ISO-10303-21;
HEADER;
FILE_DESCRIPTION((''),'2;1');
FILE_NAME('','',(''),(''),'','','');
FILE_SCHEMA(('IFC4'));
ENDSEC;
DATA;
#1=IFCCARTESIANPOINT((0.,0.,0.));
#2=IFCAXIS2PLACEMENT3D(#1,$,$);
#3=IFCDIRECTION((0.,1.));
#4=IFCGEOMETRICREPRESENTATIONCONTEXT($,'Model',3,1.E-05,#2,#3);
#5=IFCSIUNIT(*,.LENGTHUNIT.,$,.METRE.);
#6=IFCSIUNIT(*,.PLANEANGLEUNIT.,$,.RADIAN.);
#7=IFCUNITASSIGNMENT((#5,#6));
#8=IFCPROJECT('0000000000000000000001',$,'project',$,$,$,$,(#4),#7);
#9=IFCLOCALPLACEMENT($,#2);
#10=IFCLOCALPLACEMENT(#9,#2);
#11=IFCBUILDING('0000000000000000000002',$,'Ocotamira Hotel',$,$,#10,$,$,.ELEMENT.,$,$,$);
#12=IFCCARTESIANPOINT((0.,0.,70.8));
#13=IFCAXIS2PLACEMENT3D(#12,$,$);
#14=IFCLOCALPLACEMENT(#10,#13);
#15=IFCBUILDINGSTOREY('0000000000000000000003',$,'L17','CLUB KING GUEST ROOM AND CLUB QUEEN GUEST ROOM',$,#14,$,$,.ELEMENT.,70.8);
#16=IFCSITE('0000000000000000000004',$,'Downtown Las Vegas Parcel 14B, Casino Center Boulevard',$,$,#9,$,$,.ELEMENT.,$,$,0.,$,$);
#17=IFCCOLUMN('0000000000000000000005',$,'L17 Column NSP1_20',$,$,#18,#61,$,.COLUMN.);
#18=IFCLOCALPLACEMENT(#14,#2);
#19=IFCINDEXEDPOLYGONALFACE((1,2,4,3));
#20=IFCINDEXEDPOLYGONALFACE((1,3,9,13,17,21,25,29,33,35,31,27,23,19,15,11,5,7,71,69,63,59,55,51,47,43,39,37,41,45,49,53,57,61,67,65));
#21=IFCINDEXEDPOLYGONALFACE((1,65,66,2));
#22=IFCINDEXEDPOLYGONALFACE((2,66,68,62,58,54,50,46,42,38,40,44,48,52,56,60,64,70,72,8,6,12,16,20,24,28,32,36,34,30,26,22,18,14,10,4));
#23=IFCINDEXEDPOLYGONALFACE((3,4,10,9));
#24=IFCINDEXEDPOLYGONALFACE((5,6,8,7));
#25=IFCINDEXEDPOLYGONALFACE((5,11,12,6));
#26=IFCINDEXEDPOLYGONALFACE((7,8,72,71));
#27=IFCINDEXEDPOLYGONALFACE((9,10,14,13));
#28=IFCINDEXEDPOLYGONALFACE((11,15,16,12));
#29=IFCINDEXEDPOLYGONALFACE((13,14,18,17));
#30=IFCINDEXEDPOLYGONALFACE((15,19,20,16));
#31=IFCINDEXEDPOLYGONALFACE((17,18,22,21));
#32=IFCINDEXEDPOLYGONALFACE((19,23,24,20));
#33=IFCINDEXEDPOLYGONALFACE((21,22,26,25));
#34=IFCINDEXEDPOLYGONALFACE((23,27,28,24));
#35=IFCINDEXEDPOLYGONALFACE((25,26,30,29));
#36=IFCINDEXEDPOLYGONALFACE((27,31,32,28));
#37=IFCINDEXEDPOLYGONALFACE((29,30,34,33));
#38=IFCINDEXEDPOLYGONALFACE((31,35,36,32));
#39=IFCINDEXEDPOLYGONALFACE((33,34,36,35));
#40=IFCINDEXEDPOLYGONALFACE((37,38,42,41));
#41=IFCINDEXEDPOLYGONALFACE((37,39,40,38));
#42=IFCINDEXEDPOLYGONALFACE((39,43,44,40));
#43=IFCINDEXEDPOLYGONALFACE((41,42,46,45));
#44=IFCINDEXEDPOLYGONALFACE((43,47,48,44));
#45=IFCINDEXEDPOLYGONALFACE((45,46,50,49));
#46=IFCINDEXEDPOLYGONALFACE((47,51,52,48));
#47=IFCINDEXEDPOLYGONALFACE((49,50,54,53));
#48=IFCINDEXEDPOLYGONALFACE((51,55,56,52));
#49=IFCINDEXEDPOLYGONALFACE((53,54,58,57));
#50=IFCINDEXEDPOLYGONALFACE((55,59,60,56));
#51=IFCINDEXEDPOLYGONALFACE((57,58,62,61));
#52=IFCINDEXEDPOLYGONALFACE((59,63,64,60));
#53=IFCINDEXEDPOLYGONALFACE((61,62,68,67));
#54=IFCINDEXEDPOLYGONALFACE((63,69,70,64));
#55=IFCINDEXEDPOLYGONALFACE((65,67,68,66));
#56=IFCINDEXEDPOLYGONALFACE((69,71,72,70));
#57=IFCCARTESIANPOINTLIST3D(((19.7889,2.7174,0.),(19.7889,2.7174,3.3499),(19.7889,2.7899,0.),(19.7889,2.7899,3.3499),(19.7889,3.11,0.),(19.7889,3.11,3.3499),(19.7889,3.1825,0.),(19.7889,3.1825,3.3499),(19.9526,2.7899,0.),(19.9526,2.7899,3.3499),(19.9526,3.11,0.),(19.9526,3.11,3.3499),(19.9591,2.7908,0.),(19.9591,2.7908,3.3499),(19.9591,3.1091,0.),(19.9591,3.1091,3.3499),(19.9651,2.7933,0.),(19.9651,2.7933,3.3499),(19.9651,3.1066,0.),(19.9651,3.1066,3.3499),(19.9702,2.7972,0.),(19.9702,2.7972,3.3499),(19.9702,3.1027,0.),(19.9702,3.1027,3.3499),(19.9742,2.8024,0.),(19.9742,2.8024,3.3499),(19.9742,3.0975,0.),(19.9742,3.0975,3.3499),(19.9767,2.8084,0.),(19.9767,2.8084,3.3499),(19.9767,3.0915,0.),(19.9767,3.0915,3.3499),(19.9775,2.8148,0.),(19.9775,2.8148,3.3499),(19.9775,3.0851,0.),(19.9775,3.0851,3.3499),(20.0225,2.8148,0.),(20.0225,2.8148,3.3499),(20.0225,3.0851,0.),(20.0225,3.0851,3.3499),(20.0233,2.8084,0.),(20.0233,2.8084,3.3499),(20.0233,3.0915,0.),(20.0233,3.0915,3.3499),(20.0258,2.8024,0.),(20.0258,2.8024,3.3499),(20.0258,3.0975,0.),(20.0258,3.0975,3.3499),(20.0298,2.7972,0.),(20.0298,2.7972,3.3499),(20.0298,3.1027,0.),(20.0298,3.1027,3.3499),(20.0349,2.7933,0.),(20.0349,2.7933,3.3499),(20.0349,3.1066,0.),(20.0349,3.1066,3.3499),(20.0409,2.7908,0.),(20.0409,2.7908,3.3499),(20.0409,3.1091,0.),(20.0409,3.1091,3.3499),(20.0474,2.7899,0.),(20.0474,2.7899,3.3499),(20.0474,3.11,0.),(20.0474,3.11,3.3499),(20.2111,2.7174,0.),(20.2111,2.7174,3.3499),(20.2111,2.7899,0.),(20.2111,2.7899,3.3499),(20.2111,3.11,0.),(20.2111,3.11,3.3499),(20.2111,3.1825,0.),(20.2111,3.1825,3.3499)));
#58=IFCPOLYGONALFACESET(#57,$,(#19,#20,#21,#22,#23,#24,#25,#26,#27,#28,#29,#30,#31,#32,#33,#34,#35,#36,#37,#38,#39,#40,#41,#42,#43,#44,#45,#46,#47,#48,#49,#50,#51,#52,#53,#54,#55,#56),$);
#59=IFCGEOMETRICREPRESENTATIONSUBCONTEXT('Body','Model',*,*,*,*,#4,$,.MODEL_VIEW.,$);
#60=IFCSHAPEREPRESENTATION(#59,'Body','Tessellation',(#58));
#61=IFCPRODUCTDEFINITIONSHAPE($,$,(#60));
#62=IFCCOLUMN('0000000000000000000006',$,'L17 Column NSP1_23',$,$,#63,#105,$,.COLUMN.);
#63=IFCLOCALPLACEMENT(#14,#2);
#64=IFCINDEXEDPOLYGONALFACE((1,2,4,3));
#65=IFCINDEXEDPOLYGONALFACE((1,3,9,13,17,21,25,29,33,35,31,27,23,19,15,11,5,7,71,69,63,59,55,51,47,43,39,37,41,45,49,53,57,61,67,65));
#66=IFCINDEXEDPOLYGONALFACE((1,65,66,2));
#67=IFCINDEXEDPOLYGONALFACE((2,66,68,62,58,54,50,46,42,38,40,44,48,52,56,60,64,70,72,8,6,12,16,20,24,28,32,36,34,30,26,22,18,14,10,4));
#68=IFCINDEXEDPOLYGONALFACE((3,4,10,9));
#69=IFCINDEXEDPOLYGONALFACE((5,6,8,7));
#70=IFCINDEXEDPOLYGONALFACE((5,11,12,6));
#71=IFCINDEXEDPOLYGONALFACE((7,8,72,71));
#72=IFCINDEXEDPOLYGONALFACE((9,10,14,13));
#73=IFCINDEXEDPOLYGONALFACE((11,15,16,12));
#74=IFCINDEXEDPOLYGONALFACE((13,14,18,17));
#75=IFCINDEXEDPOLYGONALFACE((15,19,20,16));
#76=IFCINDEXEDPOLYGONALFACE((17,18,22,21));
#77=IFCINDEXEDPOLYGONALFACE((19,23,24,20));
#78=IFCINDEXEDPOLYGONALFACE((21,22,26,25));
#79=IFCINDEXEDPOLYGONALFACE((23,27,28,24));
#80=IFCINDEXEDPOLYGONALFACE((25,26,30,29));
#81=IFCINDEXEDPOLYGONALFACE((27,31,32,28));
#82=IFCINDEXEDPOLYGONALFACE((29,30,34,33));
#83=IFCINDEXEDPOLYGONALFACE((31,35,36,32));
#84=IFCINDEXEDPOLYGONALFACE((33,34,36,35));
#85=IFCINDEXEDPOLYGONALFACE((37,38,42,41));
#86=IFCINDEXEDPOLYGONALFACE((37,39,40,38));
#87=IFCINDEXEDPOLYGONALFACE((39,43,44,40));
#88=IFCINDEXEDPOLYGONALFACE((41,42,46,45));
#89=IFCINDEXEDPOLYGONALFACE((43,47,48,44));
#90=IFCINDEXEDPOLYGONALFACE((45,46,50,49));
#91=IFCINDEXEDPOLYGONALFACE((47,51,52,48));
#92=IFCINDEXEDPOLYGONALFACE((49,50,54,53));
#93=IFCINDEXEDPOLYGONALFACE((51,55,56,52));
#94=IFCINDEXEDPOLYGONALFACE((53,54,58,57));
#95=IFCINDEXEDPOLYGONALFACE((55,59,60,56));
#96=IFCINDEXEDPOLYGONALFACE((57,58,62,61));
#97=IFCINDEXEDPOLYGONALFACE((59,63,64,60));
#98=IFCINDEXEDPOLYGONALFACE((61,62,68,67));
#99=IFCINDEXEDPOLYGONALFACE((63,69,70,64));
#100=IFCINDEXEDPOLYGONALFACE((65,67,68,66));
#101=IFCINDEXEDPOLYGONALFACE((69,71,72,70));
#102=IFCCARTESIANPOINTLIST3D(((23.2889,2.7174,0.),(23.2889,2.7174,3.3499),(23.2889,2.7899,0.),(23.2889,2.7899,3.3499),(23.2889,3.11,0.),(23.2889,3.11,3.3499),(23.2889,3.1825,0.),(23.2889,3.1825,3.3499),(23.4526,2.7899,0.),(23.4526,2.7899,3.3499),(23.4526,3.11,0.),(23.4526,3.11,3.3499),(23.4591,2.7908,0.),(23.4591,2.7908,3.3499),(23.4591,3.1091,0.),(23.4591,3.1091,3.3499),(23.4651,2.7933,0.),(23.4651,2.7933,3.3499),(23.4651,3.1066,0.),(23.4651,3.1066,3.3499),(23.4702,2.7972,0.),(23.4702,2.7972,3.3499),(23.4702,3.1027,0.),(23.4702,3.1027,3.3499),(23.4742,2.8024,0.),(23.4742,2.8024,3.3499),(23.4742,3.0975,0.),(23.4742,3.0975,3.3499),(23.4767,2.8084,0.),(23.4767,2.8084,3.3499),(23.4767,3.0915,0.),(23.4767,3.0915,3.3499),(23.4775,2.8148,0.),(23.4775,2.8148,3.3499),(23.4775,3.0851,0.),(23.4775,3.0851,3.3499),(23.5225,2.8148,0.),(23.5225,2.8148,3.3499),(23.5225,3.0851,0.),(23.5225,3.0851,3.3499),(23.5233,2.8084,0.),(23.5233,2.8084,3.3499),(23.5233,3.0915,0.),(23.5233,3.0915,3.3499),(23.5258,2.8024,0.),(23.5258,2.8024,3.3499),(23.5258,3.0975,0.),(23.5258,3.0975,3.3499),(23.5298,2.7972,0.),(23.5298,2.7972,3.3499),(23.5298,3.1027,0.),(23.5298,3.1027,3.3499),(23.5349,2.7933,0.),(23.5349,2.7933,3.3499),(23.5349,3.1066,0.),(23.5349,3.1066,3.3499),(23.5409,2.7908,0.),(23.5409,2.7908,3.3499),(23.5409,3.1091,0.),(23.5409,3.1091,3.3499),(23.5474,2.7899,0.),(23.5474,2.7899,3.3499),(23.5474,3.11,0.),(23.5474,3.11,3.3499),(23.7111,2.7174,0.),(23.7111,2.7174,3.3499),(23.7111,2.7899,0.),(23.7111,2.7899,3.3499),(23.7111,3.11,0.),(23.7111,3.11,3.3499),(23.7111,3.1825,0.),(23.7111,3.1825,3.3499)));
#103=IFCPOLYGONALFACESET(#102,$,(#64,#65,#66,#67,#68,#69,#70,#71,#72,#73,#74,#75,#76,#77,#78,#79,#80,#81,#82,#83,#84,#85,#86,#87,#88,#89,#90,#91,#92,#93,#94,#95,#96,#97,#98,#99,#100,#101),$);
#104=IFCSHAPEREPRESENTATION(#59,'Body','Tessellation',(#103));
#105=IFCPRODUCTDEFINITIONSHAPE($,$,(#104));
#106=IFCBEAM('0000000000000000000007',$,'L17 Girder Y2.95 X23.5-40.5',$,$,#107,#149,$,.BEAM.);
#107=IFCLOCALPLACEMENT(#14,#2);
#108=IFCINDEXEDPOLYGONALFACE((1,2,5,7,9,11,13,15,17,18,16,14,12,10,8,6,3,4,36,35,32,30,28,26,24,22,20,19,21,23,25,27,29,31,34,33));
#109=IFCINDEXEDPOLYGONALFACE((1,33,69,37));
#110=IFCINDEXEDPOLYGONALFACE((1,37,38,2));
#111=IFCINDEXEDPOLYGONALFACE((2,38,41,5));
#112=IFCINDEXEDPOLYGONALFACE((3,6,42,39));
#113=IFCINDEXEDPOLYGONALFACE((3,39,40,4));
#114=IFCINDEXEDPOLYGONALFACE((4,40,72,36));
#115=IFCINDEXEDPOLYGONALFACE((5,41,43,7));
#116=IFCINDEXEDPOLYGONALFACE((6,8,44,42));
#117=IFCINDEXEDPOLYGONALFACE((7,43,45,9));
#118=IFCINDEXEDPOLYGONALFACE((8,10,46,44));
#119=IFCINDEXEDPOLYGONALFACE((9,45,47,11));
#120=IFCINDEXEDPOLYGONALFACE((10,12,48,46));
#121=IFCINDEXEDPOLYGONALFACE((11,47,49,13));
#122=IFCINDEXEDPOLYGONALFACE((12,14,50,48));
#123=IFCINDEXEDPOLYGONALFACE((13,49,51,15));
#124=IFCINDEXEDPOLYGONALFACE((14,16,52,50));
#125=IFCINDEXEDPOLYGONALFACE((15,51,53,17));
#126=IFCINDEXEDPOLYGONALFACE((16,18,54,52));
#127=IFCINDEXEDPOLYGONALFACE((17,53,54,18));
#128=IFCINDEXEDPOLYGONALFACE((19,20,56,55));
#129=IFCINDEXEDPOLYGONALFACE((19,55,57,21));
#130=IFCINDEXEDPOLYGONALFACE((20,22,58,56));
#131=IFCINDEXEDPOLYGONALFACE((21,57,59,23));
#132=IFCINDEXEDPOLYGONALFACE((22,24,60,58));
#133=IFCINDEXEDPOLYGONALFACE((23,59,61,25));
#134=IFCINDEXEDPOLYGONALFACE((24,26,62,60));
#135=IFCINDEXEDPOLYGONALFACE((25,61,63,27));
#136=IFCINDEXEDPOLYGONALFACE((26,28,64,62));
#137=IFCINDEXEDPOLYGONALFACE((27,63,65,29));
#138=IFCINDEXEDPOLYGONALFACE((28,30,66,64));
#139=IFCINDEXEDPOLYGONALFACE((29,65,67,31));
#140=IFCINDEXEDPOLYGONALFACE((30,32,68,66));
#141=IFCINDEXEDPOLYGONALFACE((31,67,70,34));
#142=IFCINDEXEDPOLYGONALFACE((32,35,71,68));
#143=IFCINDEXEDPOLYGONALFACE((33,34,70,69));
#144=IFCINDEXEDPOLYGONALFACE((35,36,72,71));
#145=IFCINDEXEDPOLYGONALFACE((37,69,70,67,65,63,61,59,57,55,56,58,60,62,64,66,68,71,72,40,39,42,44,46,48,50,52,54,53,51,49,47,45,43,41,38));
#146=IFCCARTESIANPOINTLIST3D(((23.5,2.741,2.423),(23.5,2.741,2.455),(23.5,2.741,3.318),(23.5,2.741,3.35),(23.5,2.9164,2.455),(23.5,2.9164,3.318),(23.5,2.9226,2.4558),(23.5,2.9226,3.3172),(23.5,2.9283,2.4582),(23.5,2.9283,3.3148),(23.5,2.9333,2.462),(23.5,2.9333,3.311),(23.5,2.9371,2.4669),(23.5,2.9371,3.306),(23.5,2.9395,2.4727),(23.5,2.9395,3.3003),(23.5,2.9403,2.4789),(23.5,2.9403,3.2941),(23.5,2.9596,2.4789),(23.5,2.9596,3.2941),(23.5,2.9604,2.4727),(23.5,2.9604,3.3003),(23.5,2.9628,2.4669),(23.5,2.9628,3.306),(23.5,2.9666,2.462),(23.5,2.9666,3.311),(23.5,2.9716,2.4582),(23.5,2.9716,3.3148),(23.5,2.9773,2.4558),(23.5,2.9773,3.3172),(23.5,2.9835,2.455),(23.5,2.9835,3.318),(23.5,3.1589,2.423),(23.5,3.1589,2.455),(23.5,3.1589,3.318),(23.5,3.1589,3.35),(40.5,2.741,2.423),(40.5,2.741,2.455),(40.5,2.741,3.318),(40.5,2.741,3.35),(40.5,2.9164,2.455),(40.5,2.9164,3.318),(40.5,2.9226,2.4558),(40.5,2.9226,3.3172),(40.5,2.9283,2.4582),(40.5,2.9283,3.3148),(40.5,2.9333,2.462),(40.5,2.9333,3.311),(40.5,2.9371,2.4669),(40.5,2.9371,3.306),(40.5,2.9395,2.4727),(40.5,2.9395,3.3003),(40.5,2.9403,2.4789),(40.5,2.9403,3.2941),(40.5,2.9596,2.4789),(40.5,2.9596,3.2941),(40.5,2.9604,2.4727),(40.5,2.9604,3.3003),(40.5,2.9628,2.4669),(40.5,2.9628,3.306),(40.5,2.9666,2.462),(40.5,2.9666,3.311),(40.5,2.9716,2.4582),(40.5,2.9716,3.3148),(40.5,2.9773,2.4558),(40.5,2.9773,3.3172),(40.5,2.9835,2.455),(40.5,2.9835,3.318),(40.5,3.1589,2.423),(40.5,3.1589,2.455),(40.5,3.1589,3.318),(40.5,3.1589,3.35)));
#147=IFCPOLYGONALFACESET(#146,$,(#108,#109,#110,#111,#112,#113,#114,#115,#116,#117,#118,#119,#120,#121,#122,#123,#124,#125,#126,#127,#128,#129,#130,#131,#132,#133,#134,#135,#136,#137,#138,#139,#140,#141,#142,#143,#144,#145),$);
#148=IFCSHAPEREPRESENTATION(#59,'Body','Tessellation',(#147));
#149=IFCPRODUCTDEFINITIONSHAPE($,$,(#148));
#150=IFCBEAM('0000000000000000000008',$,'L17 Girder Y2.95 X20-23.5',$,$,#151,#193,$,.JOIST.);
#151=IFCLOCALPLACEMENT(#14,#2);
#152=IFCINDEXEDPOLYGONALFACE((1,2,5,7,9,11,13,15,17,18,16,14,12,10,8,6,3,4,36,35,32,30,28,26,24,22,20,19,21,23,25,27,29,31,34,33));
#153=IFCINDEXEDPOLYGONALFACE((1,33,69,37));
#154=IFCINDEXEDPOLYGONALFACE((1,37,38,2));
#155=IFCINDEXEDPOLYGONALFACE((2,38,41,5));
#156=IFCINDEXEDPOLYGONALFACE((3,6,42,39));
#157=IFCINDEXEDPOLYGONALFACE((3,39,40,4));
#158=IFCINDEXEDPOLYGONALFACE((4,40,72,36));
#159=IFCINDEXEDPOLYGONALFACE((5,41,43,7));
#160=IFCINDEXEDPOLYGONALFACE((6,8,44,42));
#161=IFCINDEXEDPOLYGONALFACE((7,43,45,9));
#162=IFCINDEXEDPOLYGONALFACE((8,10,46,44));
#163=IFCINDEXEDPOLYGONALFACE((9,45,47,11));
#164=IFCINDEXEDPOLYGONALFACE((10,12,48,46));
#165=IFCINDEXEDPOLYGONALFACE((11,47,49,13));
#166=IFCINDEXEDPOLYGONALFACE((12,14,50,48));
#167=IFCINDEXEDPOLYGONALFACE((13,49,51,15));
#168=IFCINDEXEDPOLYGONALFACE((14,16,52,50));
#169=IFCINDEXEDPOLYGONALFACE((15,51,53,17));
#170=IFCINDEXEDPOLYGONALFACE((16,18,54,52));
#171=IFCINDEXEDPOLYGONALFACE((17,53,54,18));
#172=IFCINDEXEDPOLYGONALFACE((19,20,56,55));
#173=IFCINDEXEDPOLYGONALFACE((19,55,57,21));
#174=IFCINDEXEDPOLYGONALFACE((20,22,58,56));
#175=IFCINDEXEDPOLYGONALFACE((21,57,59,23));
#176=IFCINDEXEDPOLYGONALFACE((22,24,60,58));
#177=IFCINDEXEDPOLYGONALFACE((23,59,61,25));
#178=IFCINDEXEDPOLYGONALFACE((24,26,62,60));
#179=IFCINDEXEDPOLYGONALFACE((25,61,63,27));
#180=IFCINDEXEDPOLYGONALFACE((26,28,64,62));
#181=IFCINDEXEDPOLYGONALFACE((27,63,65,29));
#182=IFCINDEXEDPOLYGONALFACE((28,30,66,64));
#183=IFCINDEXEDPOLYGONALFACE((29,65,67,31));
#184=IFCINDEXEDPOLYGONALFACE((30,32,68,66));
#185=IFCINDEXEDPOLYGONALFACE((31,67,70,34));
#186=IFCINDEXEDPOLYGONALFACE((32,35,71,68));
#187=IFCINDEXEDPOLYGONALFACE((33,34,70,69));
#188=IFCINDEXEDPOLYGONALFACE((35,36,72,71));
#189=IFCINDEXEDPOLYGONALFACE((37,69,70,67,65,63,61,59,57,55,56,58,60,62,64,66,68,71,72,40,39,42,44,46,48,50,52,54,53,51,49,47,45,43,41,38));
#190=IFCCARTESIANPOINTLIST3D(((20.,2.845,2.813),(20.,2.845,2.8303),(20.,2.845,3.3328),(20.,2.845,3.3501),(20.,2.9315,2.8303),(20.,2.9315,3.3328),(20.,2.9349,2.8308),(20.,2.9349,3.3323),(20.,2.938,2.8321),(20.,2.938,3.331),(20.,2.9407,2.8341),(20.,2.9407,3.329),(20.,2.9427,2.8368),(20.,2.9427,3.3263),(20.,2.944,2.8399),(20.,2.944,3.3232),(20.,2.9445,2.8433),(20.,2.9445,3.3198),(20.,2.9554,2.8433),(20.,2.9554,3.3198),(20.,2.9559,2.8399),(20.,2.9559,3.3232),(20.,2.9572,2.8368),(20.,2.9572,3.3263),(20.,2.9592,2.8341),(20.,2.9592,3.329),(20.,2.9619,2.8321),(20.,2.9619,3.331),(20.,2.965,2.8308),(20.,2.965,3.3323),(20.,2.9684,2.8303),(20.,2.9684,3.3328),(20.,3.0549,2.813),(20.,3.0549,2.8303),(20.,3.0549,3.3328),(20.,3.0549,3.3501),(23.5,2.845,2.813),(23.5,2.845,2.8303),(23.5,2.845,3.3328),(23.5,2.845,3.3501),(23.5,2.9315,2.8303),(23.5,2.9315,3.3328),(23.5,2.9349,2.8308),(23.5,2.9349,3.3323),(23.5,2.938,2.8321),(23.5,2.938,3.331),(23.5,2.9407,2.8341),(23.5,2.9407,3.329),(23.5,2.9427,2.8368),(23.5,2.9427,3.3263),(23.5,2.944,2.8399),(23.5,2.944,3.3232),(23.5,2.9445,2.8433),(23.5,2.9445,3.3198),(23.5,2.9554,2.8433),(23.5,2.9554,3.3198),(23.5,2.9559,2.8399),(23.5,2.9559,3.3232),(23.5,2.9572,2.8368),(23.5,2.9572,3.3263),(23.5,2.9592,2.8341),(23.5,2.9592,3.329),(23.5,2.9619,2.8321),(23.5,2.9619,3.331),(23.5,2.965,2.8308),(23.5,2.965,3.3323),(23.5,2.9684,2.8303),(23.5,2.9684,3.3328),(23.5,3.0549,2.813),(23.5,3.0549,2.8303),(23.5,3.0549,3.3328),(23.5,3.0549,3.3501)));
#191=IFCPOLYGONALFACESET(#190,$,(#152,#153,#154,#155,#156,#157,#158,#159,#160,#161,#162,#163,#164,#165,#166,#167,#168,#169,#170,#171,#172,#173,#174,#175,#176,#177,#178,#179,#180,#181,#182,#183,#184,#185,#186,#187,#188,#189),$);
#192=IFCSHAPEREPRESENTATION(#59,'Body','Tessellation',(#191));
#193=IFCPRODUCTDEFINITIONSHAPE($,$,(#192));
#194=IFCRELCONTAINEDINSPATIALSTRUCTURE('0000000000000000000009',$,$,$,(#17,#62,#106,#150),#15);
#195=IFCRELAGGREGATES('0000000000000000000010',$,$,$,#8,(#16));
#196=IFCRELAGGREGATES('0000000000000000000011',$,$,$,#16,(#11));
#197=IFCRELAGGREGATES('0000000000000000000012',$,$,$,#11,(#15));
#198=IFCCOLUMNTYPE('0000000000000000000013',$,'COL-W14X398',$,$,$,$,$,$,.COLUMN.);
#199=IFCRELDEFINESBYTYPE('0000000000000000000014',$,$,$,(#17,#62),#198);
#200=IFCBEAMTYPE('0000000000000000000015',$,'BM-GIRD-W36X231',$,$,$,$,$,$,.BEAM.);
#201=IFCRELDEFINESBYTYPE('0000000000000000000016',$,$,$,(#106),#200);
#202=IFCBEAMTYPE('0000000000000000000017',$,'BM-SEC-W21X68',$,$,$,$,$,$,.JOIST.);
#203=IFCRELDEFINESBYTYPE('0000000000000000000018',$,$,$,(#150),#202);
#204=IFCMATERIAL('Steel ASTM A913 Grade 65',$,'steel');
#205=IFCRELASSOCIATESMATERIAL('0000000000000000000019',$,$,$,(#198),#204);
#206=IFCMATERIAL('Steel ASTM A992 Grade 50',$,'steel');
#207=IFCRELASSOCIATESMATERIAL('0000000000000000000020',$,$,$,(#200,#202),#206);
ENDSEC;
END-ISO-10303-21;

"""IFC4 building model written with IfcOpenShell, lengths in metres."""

from ifc_helpers import new_model, si_unit, direction, frame, origin, origin_2d, place, context, subcontext, project, spatial, i_section, extrude, source, transform, mapped, material, material_profile, profile_set, type_object, element, save


model = new_model("IFC4")

# Units and contexts
model_context = context("Model", 3, precision=1e-05, world=origin(), true_north=direction((0.0, 1.0)))
body_context = subcontext(model_context, "Body", "Model", "MODEL_VIEW")
ifc_project = project(units=[si_unit("LENGTHUNIT", "METRE"), si_unit("PLANEANGLEUNIT", "RADIAN")], contexts=[model_context])

# Site, building, storey
site_placement = place(None, origin())
site = spatial("IfcSite", under=ifc_project, at=site_placement, Name="Downtown Las Vegas Parcel 14B, Casino Center Boulevard", CompositionType="ELEMENT", RefElevation=0.0)
building_placement = place(site_placement, origin())
building = spatial("IfcBuilding", under=site, at=building_placement, Name="Ocotamira Hotel", CompositionType="ELEMENT")
storey_placement = place(building_placement, frame((0.0, 0.0, 70.8)))
storey = spatial("IfcBuildingStorey", under=building, at=storey_placement, Name="L17", Description="CLUB KING GUEST ROOM AND CLUB QUEEN GUEST ROOM", CompositionType="ELEMENT", Elevation=70.8)

# Columns
ifc_material_1 = material(Name="Steel ASTM A913 Grade 65", Category="steel")
ifc_material_profile_1 = material_profile(ifc_material_1, i_section(OverallWidth=0.4221, OverallDepth=0.4651, WebThickness=0.0449, FlangeThickness=0.0725, FilletRadius=0.0249, at=origin_2d()), Name="W14X398")
ifc_profile_set_1 = profile_set([ifc_material_profile_1], Name="Steel ASTM A913 Grade 65")
column_type = type_object("IfcColumnType", Name="COL-W14X398", PredefinedType="COLUMN", material=ifc_profile_set_1)
shared_shape_1 = source(origin(), body_context, "Body", "SweptSolid", [
    extrude(i_section(OverallWidth=0.4221, OverallDepth=0.4651, WebThickness=0.0449, FlangeThickness=0.0725, FilletRadius=0.0249, at=origin_2d()), origin(), (0.0, 0.0, 1.0), 3.3499),
])
for number, where, z_axis, x_axis, name in (
    (1, (20.0, 2.95, 0.0), (0.0, 0.0, 1.0), (1.0, 0.0, 0.0), "L17 Column NSP1_20"),
    (2, (23.5, 2.95, 0.0), (0.0, 0.0, 1.0), (1.0, 0.0, 0.0), "L17 Column NSP1_23"),
):
    element("IfcColumn", number, at=place(storey_placement, frame(where, z_axis=z_axis, x_axis=x_axis)), inside=storey, type_object=column_type, Name=name, PredefinedType="COLUMN", context=body_context, shape_type="MappedRepresentation", body=[
        mapped(shared_shape_1, transform((0.0, 0.0, 0.0), scale=1.0)),
    ])

# Beams
ifc_material_2 = material(Name="Steel ASTM A992 Grade 50", Category="steel")
ifc_material_profile_2 = material_profile(ifc_material_2, i_section(OverallWidth=0.418, OverallDepth=0.927, WebThickness=0.0193, FlangeThickness=0.032, FilletRadius=0.0239, at=origin_2d()), Name="W36X231")
ifc_profile_set_2 = profile_set([ifc_material_profile_2], Name="Steel ASTM A992 Grade 50")
beam_type_1 = type_object("IfcBeamType", Name="BM-GIRD-W36X231", PredefinedType="BEAM", material=ifc_profile_set_2)
shared_shape_2 = source(origin(), body_context, "Body", "SweptSolid", [
    extrude(i_section(OverallWidth=0.418, OverallDepth=0.927, WebThickness=0.0193, FlangeThickness=0.032, FilletRadius=0.0239, at=origin_2d()), origin(), (0.0, 0.0, 1.0), 17.0),
])
beam_1_placement = place(storey_placement, frame((23.5, 2.95, 2.8865), z_axis=(1.0, 0.0, 0.0), x_axis=(0.0, 1.0, 0.0)))
element("IfcBeam", 3, at=beam_1_placement, inside=storey, type_object=beam_type_1, Name="L17 Girder Y2.95 X23.5-40.5", PredefinedType="BEAM", context=body_context, shape_type="MappedRepresentation", body=[
    mapped(shared_shape_2, transform((0.0, 0.0, 0.0), scale=1.0)),
])
ifc_material_profile_3 = material_profile(ifc_material_2, i_section(OverallWidth=0.21, OverallDepth=0.5371, WebThickness=0.011, FlangeThickness=0.0173, FilletRadius=0.0129, at=origin_2d()), Name="W21X68")
ifc_profile_set_3 = profile_set([ifc_material_profile_3], Name="Steel ASTM A992 Grade 50")
beam_type_2 = type_object("IfcBeamType", Name="BM-SEC-W21X68", PredefinedType="JOIST", material=ifc_profile_set_3)
shared_shape_3 = source(origin(), body_context, "Body", "SweptSolid", [
    extrude(i_section(OverallWidth=0.21, OverallDepth=0.5371, WebThickness=0.011, FlangeThickness=0.0173, FilletRadius=0.0129, at=origin_2d()), origin(), (0.0, 0.0, 1.0), 3.5),
])
beam_2_placement = place(storey_placement, frame((20.0, 2.95, 3.0815), z_axis=(1.0, 0.0, 0.0), x_axis=(0.0, 1.0, 0.0)))
element("IfcBeam", 4, at=beam_2_placement, inside=storey, type_object=beam_type_2, Name="L17 Girder Y2.95 X20-23.5", PredefinedType="JOIST", context=body_context, shape_type="MappedRepresentation", body=[
    mapped(shared_shape_3, transform((0.0, 0.0, 0.0), scale=1.0)),
])

save(model, "model.ifc")
